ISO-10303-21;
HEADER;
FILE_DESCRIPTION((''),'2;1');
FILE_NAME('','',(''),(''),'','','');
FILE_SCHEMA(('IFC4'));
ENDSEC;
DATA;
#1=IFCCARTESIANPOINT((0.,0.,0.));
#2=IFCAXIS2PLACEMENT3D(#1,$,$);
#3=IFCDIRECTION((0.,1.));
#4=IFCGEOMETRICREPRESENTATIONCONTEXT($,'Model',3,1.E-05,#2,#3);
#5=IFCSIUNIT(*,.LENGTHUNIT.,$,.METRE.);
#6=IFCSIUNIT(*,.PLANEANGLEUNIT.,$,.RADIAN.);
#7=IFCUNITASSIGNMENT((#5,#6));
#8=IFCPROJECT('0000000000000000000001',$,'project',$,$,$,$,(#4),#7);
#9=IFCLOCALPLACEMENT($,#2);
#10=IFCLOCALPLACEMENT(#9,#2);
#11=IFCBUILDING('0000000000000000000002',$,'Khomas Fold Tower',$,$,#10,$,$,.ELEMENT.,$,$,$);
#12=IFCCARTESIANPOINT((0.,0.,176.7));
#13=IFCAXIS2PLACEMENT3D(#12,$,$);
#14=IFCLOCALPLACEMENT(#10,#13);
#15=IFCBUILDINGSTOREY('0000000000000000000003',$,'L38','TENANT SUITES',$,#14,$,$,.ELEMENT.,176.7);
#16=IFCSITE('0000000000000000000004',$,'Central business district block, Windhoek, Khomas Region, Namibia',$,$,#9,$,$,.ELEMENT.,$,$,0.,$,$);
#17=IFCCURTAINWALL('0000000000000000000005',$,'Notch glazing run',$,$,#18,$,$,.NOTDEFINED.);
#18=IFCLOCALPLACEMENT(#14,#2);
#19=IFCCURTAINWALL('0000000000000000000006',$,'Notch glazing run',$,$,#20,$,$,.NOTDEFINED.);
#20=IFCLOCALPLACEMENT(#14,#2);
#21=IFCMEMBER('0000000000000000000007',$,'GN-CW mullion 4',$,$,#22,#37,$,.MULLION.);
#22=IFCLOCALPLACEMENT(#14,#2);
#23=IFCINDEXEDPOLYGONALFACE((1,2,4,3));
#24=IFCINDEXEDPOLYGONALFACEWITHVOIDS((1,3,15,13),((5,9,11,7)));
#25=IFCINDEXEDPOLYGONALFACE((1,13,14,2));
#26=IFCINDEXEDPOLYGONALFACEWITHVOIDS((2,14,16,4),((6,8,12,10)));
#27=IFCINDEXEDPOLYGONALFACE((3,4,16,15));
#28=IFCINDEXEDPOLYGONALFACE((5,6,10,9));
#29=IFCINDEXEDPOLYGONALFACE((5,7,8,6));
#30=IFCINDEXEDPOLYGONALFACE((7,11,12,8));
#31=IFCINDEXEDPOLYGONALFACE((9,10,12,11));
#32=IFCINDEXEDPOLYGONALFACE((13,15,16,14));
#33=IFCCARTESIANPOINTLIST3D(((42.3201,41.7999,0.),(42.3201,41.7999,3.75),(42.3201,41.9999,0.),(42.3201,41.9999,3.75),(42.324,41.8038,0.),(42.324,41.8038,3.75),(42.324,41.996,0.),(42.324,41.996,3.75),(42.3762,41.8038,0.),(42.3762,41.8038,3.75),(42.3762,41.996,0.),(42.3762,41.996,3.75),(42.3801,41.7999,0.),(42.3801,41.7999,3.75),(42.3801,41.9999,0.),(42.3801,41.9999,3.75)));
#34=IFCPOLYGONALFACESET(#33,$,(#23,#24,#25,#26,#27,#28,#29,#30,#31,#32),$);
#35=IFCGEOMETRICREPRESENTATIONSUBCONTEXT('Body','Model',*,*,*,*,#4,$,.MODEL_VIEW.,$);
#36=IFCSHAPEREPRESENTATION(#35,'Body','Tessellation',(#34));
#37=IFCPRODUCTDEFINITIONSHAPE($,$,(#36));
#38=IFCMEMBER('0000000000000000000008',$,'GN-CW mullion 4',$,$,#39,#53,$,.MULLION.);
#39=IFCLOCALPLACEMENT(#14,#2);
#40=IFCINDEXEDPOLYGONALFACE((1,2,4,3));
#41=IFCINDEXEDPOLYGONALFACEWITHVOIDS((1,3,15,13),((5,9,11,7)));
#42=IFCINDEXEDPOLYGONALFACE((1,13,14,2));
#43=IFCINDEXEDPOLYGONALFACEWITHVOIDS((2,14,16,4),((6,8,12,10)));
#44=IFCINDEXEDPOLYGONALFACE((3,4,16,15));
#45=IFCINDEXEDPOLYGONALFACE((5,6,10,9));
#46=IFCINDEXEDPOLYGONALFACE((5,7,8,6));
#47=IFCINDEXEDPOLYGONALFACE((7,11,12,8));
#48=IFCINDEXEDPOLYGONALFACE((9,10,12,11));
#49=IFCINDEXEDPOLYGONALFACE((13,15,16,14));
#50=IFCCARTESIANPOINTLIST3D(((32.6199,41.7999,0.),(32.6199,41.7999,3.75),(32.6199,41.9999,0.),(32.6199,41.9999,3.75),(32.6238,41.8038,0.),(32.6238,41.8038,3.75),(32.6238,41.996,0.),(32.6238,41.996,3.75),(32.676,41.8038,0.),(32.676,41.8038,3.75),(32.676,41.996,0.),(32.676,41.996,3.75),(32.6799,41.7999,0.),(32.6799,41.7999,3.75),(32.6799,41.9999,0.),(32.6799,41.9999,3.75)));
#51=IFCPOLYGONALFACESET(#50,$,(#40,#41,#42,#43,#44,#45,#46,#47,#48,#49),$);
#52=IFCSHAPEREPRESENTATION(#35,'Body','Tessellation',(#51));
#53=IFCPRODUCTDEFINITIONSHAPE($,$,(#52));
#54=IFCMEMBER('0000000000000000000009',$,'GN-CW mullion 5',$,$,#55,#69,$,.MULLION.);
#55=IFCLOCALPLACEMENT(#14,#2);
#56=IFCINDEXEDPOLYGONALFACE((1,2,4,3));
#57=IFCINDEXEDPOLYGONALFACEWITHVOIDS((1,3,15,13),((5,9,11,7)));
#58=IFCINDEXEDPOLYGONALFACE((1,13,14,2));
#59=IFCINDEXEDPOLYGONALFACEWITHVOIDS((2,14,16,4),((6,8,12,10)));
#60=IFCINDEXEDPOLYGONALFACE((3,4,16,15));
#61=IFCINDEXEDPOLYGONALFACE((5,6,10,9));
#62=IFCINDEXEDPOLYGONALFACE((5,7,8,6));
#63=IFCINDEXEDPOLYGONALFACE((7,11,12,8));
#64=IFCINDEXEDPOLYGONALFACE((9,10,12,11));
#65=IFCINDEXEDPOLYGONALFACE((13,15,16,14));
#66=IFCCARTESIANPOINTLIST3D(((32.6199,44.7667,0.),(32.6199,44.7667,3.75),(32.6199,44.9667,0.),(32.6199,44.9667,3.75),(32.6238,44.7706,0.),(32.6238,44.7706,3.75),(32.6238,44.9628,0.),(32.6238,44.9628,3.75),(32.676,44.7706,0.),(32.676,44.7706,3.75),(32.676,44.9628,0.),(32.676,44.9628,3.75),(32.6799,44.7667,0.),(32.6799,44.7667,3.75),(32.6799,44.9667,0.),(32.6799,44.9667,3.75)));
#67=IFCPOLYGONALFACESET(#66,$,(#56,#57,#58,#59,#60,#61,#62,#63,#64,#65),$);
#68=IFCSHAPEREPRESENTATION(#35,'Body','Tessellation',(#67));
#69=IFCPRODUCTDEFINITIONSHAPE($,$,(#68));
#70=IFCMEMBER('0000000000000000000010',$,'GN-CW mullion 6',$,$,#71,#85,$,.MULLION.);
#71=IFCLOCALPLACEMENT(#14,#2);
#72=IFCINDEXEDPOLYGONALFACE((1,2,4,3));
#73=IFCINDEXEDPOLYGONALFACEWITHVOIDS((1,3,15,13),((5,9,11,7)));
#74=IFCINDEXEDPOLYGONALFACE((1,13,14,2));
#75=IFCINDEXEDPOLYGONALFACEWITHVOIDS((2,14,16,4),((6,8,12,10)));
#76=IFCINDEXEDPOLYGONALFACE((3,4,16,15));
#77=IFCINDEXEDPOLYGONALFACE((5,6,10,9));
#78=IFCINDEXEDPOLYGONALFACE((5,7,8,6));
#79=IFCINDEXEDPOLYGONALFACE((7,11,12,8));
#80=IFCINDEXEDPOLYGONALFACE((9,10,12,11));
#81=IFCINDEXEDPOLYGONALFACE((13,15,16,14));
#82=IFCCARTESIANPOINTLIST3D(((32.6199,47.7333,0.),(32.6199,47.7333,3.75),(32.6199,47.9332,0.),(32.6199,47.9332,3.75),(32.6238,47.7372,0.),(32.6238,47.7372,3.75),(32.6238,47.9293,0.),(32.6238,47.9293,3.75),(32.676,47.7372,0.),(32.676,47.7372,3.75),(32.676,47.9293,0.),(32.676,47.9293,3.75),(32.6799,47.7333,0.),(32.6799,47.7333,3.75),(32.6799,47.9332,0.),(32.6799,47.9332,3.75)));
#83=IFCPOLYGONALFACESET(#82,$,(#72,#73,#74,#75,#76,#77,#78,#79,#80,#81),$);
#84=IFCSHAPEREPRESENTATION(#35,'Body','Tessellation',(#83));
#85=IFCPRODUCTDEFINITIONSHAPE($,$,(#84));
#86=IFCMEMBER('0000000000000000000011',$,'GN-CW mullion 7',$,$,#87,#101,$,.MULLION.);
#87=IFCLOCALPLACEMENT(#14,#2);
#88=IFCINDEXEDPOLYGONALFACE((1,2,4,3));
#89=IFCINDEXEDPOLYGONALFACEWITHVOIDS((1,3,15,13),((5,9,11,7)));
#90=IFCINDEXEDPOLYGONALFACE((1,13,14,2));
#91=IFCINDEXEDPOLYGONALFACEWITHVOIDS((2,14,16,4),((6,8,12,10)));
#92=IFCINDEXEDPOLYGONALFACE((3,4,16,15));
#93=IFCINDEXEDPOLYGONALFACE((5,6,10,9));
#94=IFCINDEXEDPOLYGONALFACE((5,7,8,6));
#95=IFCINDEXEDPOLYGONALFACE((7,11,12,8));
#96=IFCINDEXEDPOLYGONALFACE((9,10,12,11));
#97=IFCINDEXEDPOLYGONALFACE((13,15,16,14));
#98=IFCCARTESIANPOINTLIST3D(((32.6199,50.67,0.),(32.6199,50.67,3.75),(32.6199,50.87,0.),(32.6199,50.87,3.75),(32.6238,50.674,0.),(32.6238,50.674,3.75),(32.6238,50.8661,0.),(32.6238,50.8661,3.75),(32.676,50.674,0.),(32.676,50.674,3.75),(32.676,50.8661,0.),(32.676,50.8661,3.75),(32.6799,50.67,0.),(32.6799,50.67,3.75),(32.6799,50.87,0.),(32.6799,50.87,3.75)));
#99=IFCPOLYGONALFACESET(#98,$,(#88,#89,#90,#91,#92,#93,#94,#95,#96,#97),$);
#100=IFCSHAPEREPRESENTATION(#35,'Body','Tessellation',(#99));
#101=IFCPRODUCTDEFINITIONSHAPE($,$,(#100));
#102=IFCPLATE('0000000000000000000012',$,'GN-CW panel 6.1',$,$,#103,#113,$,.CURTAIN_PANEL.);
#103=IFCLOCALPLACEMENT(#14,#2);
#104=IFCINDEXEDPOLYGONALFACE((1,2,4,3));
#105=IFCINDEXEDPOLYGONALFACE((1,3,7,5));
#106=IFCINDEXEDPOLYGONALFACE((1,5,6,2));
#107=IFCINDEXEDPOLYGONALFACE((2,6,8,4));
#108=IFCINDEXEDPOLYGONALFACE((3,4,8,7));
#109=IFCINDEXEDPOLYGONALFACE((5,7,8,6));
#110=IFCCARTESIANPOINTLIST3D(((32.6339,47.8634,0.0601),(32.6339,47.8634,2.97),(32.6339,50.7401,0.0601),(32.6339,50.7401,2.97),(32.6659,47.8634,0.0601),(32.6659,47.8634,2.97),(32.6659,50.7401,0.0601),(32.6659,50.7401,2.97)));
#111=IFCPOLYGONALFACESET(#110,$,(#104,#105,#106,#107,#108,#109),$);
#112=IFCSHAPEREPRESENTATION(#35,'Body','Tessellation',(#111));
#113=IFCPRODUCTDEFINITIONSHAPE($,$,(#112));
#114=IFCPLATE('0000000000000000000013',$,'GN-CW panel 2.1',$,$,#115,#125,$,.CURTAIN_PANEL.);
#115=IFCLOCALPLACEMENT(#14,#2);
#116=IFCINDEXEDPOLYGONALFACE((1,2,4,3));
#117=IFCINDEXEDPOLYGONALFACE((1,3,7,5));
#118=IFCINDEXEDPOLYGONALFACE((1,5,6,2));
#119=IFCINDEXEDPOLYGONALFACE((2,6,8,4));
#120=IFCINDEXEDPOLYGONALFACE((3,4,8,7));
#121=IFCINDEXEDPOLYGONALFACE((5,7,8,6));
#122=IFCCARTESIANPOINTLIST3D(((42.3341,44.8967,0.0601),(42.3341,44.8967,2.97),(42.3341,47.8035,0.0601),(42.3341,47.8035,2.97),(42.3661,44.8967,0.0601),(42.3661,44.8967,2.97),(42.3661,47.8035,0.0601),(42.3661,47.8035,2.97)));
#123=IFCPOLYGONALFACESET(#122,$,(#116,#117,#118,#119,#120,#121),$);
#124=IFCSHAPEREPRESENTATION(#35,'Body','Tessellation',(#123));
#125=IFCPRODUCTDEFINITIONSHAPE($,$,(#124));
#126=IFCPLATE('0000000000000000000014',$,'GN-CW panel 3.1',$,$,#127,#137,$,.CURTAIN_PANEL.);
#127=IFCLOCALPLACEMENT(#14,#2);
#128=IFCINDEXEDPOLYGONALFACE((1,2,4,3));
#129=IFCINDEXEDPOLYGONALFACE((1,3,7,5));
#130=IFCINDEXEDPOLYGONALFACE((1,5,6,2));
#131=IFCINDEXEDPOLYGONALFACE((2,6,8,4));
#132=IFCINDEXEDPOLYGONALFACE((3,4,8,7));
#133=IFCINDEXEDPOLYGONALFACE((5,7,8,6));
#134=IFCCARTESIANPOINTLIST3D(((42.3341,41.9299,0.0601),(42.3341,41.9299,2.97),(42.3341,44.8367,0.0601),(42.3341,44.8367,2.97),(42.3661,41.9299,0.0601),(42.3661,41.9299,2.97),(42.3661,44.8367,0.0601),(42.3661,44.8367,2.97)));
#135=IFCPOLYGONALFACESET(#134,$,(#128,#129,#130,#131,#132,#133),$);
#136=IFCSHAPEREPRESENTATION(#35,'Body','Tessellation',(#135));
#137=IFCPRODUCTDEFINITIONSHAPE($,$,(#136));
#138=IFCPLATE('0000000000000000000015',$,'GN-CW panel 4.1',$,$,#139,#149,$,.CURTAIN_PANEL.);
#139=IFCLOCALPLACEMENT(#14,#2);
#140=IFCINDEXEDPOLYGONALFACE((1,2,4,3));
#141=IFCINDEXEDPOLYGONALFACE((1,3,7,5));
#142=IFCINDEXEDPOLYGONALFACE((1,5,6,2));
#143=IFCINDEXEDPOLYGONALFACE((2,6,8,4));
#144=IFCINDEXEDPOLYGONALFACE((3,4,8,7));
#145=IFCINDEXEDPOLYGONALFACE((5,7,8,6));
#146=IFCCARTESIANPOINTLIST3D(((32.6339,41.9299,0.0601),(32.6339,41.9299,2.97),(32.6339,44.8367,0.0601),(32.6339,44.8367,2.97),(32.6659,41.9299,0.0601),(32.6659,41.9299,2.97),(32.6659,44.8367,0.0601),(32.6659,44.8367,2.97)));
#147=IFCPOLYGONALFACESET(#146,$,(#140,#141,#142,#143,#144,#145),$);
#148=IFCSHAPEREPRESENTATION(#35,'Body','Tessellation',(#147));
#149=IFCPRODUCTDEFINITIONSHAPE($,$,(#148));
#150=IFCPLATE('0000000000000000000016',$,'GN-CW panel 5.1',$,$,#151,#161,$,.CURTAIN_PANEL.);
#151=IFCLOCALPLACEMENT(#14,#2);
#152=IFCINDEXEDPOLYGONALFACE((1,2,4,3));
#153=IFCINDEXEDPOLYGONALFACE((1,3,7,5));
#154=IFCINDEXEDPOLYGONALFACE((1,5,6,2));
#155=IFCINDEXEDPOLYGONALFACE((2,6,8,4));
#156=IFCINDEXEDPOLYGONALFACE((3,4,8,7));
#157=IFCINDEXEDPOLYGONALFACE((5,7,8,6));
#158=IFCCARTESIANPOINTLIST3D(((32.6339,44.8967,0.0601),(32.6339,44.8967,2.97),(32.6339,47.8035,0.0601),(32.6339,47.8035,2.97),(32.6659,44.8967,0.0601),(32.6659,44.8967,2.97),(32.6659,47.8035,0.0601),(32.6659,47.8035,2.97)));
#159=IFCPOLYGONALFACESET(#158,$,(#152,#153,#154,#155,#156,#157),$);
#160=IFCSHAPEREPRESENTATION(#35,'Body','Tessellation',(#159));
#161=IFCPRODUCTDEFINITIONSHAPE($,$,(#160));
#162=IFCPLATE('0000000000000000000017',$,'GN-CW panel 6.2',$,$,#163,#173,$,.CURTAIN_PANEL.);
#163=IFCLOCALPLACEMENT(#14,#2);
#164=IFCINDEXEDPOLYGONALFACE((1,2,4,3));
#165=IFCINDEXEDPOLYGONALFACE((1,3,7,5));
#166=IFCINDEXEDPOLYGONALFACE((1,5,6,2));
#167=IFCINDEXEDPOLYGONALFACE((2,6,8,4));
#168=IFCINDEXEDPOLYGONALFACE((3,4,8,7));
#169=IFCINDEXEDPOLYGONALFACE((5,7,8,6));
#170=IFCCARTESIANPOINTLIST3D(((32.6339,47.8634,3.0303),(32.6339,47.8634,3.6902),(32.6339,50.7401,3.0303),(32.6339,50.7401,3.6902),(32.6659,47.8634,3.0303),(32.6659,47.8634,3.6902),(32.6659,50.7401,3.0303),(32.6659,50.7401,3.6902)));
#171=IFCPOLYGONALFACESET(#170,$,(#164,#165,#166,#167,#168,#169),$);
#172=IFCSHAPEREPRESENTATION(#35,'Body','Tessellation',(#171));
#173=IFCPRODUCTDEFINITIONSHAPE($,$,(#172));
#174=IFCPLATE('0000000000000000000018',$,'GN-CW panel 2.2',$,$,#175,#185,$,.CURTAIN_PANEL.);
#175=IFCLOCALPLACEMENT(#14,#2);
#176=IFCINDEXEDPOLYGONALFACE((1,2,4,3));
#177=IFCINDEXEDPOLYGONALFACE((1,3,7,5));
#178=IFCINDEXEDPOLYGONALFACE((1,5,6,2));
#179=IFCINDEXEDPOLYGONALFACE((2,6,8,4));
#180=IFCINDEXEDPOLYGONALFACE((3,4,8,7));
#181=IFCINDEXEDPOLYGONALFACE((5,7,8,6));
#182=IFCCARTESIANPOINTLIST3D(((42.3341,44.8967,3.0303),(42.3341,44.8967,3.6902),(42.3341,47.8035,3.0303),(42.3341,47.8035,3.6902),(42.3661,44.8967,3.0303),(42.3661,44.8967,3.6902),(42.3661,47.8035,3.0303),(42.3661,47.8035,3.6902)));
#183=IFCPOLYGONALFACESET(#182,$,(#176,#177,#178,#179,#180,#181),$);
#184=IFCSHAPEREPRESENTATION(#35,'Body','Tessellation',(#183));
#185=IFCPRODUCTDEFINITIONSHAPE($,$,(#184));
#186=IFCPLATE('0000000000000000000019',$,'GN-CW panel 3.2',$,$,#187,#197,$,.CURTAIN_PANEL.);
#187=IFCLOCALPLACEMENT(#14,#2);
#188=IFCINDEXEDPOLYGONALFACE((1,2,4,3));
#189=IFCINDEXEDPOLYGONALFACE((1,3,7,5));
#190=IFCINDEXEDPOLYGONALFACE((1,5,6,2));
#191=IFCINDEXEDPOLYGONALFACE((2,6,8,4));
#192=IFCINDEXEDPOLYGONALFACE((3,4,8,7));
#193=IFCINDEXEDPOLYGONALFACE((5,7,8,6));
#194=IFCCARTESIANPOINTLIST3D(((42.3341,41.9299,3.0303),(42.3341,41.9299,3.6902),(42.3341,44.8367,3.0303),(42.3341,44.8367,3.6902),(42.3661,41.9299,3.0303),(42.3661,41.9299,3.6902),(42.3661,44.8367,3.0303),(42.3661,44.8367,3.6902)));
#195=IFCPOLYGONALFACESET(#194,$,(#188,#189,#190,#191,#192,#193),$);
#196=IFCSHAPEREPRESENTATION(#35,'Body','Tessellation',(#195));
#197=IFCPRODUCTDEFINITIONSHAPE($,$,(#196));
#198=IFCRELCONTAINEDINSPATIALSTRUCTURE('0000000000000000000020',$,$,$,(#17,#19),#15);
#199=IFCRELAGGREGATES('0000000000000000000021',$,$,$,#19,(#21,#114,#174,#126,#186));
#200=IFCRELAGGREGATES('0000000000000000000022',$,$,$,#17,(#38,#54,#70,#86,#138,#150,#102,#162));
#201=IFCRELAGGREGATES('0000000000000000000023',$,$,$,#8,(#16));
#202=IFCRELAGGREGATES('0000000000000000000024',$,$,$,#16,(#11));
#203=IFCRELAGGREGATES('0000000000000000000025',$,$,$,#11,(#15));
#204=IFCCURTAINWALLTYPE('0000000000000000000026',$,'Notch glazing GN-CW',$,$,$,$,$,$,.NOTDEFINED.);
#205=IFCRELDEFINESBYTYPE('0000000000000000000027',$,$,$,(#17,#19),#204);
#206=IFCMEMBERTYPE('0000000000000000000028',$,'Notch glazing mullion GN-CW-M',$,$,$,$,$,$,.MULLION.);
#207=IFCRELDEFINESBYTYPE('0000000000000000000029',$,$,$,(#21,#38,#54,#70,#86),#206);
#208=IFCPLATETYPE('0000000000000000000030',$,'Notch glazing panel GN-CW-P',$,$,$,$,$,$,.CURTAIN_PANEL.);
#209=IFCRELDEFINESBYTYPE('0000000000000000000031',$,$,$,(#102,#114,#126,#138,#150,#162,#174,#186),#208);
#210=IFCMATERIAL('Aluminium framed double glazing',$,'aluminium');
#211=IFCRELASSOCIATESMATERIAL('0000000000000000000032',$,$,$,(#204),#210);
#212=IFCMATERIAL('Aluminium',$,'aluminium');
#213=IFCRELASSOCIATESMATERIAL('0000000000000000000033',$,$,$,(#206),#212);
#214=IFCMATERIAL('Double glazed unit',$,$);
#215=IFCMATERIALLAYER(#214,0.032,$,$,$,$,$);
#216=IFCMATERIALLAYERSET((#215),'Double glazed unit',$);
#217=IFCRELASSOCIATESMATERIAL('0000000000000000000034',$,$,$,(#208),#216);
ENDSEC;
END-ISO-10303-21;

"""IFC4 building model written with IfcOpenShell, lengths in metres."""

from ifc_helpers import new_model, si_unit, direction, frame, origin, origin_2d, place, context, subcontext, project, spatial, rectangle, hollow_rectangle, extrude, source, transform, mapped, material, layer, layer_set, material_profile, profile_set, type_object, element, aggregate, save


model = new_model("IFC4")

# Units and contexts
model_context = context("Model", 3, precision=1e-05, world=origin(), true_north=direction((0.0, 1.0)))
body_context = subcontext(model_context, "Body", "Model", "MODEL_VIEW")
ifc_project = project(units=[si_unit("LENGTHUNIT", "METRE"), si_unit("PLANEANGLEUNIT", "RADIAN")], contexts=[model_context])

# Site, building, storey
site_placement = place(None, origin())
site = spatial("IfcSite", under=ifc_project, at=site_placement, Name="Central business district block, Windhoek, Khomas Region, Namibia", CompositionType="ELEMENT", RefElevation=0.0)
building_placement = place(site_placement, origin())
building = spatial("IfcBuilding", under=site, at=building_placement, Name="Khomas Fold Tower", CompositionType="ELEMENT")
storey_placement = place(building_placement, frame((0.0, 0.0, 176.7)))
storey = spatial("IfcBuildingStorey", under=building, at=storey_placement, Name="L38", Description="TENANT SUITES", CompositionType="ELEMENT", Elevation=176.7)

# Curtain walls
ifc_material_1 = material(Name="Aluminium framed double glazing", Category="aluminium")
curtain_wall_type_1 = type_object("IfcCurtainWallType", Name="Notch glazing GN-CW", PredefinedType="NOTDEFINED", material=ifc_material_1)
curtain_wall_1_placement = place(storey_placement, origin())
curtain_wall_1 = element("IfcCurtainWall", 1, at=curtain_wall_1_placement, inside=storey, type_object=curtain_wall_type_1, Name="Notch glazing run", PredefinedType="NOTDEFINED")
curtain_wall_2_placement = place(storey_placement, origin())
curtain_wall_2 = element("IfcCurtainWall", 2, at=curtain_wall_2_placement, inside=storey, type_object=curtain_wall_type_1, Name="Notch glazing run", PredefinedType="NOTDEFINED")

# Members
ifc_material_2 = material(Name="Aluminium", Category="aluminium")
ifc_material_profile_1 = material_profile(ifc_material_2, hollow_rectangle(XDim=0.0601, YDim=0.2, WallThickness=0.0039, at=origin_2d()), Name="Notch glazing mullion GN-CW-M")
ifc_profile_set_1 = profile_set([ifc_material_profile_1], Name="Aluminium")
member_type_1 = type_object("IfcMemberType", Name="Notch glazing mullion GN-CW-M", PredefinedType="MULLION", material=ifc_profile_set_1)
shared_shape_1 = source(origin(), body_context, "Body", "SweptSolid", [
    extrude(hollow_rectangle(XDim=0.0601, YDim=0.2, WallThickness=0.0039, at=origin_2d()), origin(), (0.0, 0.0, 1.0), 3.75),
])
member_1_placement = place(storey_placement, frame((42.3501, 41.8999, 0.0), z_axis=(0.0, 0.0, 1.0), x_axis=(1.0, 0.0, 0.0)))
member_1 = element("IfcMember", 3, at=member_1_placement, type_object=member_type_1, Name="GN-CW mullion 4", PredefinedType="MULLION", context=body_context, shape_type="MappedRepresentation", body=[
    mapped(shared_shape_1, transform((0.0, 0.0, 0.0))),
])
member_2_placement = place(storey_placement, frame((32.6499, 41.8999, 0.0), z_axis=(0.0, 0.0, 1.0), x_axis=(-1.0, 0.0, 0.0)))
member_2 = element("IfcMember", 4, at=member_2_placement, type_object=member_type_1, Name="GN-CW mullion 4", PredefinedType="MULLION", context=body_context, shape_type="MappedRepresentation", body=[
    mapped(shared_shape_1, transform((0.0, 0.0, 0.0))),
])
member_3_placement = place(storey_placement, frame((32.6499, 44.8667, 0.0), z_axis=(0.0, 0.0, 1.0), x_axis=(-1.0, 0.0, 0.0)))
member_3 = element("IfcMember", 5, at=member_3_placement, type_object=member_type_1, Name="GN-CW mullion 5", PredefinedType="MULLION", context=body_context, shape_type="MappedRepresentation", body=[
    mapped(shared_shape_1, transform((0.0, 0.0, 0.0))),
])
member_4_placement = place(storey_placement, frame((32.6499, 47.8333, 0.0), z_axis=(0.0, 0.0, 1.0), x_axis=(-1.0, 0.0, 0.0)))
member_4 = element("IfcMember", 6, at=member_4_placement, type_object=member_type_1, Name="GN-CW mullion 6", PredefinedType="MULLION", context=body_context, shape_type="MappedRepresentation", body=[
    mapped(shared_shape_1, transform((0.0, 0.0, 0.0))),
])
member_5_placement = place(storey_placement, frame((32.6499, 50.77, 0.0), z_axis=(0.0, 0.0, 1.0), x_axis=(-1.0, 0.0, 0.0)))
member_5 = element("IfcMember", 7, at=member_5_placement, type_object=member_type_1, Name="GN-CW mullion 7", PredefinedType="MULLION", context=body_context, shape_type="MappedRepresentation", body=[
    mapped(shared_shape_1, transform((0.0, 0.0, 0.0))),
])

# Plates
ifc_material_3 = material(Name="Double glazed unit")
ifc_layer_1 = layer(ifc_material_3, 0.032)
ifc_layer_set_1 = layer_set([ifc_layer_1], Name="Double glazed unit")
plate_type = type_object("IfcPlateType", Name="Notch glazing panel GN-CW-P", PredefinedType="CURTAIN_PANEL", material=ifc_layer_set_1)
shared_shape_2 = source(origin(), body_context, "Body", "SweptSolid", [
    extrude(rectangle(XDim=2.8767, YDim=0.032, at=origin_2d()), origin(), (0.0, 0.0, 1.0), 2.9099),
])
plate_1_placement = place(storey_placement, frame((32.6499, 49.3018, 0.0601), z_axis=(0.0, 0.0, 1.0), x_axis=(0.0, 1.0, 0.0)))
plate_1 = element("IfcPlate", 8, at=plate_1_placement, type_object=plate_type, Name="GN-CW panel 6.1", PredefinedType="CURTAIN_PANEL", context=body_context, shape_type="MappedRepresentation", body=[
    mapped(shared_shape_2, transform((0.0, 0.0, 0.0))),
])
shared_shape_3 = source(origin(), body_context, "Body", "SweptSolid", [
    extrude(rectangle(XDim=2.9067, YDim=0.032, at=origin_2d()), origin(), (0.0, 0.0, 1.0), 2.9099),
])
plate_2_placement = place(storey_placement, frame((42.3501, 46.3501, 0.0601), z_axis=(0.0, 0.0, 1.0), x_axis=(0.0, -1.0, 0.0)))
plate_2 = element("IfcPlate", 9, at=plate_2_placement, type_object=plate_type, Name="GN-CW panel 2.1", PredefinedType="CURTAIN_PANEL", context=body_context, shape_type="MappedRepresentation", body=[
    mapped(shared_shape_3, transform((0.0, 0.0, 0.0))),
])
plate_3_placement = place(storey_placement, frame((42.3501, 43.3833, 0.0601), z_axis=(0.0, 0.0, 1.0), x_axis=(0.0, -1.0, 0.0)))
plate_3 = element("IfcPlate", 10, at=plate_3_placement, type_object=plate_type, Name="GN-CW panel 3.1", PredefinedType="CURTAIN_PANEL", context=body_context, shape_type="MappedRepresentation", body=[
    mapped(shared_shape_3, transform((0.0, 0.0, 0.0))),
])
plate_4_placement = place(storey_placement, frame((32.6499, 43.3833, 0.0601), z_axis=(0.0, 0.0, 1.0), x_axis=(0.0, 1.0, 0.0)))
plate_4 = element("IfcPlate", 11, at=plate_4_placement, type_object=plate_type, Name="GN-CW panel 4.1", PredefinedType="CURTAIN_PANEL", context=body_context, shape_type="MappedRepresentation", body=[
    mapped(shared_shape_3, transform((0.0, 0.0, 0.0))),
])
plate_5_placement = place(storey_placement, frame((32.6499, 46.3501, 0.0601), z_axis=(0.0, 0.0, 1.0), x_axis=(0.0, 1.0, 0.0)))
plate_5 = element("IfcPlate", 12, at=plate_5_placement, type_object=plate_type, Name="GN-CW panel 5.1", PredefinedType="CURTAIN_PANEL", context=body_context, shape_type="MappedRepresentation", body=[
    mapped(shared_shape_3, transform((0.0, 0.0, 0.0))),
])
shared_shape_4 = source(origin(), body_context, "Body", "SweptSolid", [
    extrude(rectangle(XDim=2.8767, YDim=0.032, at=origin_2d()), origin(), (0.0, 0.0, 1.0), 0.6599),
])
plate_6_placement = place(storey_placement, frame((32.6499, 49.3018, 3.0303), z_axis=(0.0, 0.0, 1.0), x_axis=(0.0, 1.0, 0.0)))
plate_6 = element("IfcPlate", 13, at=plate_6_placement, type_object=plate_type, Name="GN-CW panel 6.2", PredefinedType="CURTAIN_PANEL", context=body_context, shape_type="MappedRepresentation", body=[
    mapped(shared_shape_4, transform((0.0, 0.0, 0.0))),
])
shared_shape_5 = source(origin(), body_context, "Body", "SweptSolid", [
    extrude(rectangle(XDim=2.9067, YDim=0.032, at=origin_2d()), origin(), (0.0, 0.0, 1.0), 0.6599),
])
plate_7_placement = place(storey_placement, frame((42.3501, 46.3501, 3.0303), z_axis=(0.0, 0.0, 1.0), x_axis=(0.0, -1.0, 0.0)))
plate_7 = element("IfcPlate", 14, at=plate_7_placement, type_object=plate_type, Name="GN-CW panel 2.2", PredefinedType="CURTAIN_PANEL", context=body_context, shape_type="MappedRepresentation", body=[
    mapped(shared_shape_5, transform((0.0, 0.0, 0.0))),
])
plate_8_placement = place(storey_placement, frame((42.3501, 43.3833, 3.0303), z_axis=(0.0, 0.0, 1.0), x_axis=(0.0, -1.0, 0.0)))
plate_8 = element("IfcPlate", 15, at=plate_8_placement, type_object=plate_type, Name="GN-CW panel 3.2", PredefinedType="CURTAIN_PANEL", context=body_context, shape_type="MappedRepresentation", body=[
    mapped(shared_shape_5, transform((0.0, 0.0, 0.0))),
])
aggregate(curtain_wall_2, [member_1, plate_2, plate_7, plate_3, plate_8])
aggregate(curtain_wall_1, [member_2, member_3, member_4, member_5, plate_4, plate_5, plate_1, plate_6])

save(model, "model.ifc")
